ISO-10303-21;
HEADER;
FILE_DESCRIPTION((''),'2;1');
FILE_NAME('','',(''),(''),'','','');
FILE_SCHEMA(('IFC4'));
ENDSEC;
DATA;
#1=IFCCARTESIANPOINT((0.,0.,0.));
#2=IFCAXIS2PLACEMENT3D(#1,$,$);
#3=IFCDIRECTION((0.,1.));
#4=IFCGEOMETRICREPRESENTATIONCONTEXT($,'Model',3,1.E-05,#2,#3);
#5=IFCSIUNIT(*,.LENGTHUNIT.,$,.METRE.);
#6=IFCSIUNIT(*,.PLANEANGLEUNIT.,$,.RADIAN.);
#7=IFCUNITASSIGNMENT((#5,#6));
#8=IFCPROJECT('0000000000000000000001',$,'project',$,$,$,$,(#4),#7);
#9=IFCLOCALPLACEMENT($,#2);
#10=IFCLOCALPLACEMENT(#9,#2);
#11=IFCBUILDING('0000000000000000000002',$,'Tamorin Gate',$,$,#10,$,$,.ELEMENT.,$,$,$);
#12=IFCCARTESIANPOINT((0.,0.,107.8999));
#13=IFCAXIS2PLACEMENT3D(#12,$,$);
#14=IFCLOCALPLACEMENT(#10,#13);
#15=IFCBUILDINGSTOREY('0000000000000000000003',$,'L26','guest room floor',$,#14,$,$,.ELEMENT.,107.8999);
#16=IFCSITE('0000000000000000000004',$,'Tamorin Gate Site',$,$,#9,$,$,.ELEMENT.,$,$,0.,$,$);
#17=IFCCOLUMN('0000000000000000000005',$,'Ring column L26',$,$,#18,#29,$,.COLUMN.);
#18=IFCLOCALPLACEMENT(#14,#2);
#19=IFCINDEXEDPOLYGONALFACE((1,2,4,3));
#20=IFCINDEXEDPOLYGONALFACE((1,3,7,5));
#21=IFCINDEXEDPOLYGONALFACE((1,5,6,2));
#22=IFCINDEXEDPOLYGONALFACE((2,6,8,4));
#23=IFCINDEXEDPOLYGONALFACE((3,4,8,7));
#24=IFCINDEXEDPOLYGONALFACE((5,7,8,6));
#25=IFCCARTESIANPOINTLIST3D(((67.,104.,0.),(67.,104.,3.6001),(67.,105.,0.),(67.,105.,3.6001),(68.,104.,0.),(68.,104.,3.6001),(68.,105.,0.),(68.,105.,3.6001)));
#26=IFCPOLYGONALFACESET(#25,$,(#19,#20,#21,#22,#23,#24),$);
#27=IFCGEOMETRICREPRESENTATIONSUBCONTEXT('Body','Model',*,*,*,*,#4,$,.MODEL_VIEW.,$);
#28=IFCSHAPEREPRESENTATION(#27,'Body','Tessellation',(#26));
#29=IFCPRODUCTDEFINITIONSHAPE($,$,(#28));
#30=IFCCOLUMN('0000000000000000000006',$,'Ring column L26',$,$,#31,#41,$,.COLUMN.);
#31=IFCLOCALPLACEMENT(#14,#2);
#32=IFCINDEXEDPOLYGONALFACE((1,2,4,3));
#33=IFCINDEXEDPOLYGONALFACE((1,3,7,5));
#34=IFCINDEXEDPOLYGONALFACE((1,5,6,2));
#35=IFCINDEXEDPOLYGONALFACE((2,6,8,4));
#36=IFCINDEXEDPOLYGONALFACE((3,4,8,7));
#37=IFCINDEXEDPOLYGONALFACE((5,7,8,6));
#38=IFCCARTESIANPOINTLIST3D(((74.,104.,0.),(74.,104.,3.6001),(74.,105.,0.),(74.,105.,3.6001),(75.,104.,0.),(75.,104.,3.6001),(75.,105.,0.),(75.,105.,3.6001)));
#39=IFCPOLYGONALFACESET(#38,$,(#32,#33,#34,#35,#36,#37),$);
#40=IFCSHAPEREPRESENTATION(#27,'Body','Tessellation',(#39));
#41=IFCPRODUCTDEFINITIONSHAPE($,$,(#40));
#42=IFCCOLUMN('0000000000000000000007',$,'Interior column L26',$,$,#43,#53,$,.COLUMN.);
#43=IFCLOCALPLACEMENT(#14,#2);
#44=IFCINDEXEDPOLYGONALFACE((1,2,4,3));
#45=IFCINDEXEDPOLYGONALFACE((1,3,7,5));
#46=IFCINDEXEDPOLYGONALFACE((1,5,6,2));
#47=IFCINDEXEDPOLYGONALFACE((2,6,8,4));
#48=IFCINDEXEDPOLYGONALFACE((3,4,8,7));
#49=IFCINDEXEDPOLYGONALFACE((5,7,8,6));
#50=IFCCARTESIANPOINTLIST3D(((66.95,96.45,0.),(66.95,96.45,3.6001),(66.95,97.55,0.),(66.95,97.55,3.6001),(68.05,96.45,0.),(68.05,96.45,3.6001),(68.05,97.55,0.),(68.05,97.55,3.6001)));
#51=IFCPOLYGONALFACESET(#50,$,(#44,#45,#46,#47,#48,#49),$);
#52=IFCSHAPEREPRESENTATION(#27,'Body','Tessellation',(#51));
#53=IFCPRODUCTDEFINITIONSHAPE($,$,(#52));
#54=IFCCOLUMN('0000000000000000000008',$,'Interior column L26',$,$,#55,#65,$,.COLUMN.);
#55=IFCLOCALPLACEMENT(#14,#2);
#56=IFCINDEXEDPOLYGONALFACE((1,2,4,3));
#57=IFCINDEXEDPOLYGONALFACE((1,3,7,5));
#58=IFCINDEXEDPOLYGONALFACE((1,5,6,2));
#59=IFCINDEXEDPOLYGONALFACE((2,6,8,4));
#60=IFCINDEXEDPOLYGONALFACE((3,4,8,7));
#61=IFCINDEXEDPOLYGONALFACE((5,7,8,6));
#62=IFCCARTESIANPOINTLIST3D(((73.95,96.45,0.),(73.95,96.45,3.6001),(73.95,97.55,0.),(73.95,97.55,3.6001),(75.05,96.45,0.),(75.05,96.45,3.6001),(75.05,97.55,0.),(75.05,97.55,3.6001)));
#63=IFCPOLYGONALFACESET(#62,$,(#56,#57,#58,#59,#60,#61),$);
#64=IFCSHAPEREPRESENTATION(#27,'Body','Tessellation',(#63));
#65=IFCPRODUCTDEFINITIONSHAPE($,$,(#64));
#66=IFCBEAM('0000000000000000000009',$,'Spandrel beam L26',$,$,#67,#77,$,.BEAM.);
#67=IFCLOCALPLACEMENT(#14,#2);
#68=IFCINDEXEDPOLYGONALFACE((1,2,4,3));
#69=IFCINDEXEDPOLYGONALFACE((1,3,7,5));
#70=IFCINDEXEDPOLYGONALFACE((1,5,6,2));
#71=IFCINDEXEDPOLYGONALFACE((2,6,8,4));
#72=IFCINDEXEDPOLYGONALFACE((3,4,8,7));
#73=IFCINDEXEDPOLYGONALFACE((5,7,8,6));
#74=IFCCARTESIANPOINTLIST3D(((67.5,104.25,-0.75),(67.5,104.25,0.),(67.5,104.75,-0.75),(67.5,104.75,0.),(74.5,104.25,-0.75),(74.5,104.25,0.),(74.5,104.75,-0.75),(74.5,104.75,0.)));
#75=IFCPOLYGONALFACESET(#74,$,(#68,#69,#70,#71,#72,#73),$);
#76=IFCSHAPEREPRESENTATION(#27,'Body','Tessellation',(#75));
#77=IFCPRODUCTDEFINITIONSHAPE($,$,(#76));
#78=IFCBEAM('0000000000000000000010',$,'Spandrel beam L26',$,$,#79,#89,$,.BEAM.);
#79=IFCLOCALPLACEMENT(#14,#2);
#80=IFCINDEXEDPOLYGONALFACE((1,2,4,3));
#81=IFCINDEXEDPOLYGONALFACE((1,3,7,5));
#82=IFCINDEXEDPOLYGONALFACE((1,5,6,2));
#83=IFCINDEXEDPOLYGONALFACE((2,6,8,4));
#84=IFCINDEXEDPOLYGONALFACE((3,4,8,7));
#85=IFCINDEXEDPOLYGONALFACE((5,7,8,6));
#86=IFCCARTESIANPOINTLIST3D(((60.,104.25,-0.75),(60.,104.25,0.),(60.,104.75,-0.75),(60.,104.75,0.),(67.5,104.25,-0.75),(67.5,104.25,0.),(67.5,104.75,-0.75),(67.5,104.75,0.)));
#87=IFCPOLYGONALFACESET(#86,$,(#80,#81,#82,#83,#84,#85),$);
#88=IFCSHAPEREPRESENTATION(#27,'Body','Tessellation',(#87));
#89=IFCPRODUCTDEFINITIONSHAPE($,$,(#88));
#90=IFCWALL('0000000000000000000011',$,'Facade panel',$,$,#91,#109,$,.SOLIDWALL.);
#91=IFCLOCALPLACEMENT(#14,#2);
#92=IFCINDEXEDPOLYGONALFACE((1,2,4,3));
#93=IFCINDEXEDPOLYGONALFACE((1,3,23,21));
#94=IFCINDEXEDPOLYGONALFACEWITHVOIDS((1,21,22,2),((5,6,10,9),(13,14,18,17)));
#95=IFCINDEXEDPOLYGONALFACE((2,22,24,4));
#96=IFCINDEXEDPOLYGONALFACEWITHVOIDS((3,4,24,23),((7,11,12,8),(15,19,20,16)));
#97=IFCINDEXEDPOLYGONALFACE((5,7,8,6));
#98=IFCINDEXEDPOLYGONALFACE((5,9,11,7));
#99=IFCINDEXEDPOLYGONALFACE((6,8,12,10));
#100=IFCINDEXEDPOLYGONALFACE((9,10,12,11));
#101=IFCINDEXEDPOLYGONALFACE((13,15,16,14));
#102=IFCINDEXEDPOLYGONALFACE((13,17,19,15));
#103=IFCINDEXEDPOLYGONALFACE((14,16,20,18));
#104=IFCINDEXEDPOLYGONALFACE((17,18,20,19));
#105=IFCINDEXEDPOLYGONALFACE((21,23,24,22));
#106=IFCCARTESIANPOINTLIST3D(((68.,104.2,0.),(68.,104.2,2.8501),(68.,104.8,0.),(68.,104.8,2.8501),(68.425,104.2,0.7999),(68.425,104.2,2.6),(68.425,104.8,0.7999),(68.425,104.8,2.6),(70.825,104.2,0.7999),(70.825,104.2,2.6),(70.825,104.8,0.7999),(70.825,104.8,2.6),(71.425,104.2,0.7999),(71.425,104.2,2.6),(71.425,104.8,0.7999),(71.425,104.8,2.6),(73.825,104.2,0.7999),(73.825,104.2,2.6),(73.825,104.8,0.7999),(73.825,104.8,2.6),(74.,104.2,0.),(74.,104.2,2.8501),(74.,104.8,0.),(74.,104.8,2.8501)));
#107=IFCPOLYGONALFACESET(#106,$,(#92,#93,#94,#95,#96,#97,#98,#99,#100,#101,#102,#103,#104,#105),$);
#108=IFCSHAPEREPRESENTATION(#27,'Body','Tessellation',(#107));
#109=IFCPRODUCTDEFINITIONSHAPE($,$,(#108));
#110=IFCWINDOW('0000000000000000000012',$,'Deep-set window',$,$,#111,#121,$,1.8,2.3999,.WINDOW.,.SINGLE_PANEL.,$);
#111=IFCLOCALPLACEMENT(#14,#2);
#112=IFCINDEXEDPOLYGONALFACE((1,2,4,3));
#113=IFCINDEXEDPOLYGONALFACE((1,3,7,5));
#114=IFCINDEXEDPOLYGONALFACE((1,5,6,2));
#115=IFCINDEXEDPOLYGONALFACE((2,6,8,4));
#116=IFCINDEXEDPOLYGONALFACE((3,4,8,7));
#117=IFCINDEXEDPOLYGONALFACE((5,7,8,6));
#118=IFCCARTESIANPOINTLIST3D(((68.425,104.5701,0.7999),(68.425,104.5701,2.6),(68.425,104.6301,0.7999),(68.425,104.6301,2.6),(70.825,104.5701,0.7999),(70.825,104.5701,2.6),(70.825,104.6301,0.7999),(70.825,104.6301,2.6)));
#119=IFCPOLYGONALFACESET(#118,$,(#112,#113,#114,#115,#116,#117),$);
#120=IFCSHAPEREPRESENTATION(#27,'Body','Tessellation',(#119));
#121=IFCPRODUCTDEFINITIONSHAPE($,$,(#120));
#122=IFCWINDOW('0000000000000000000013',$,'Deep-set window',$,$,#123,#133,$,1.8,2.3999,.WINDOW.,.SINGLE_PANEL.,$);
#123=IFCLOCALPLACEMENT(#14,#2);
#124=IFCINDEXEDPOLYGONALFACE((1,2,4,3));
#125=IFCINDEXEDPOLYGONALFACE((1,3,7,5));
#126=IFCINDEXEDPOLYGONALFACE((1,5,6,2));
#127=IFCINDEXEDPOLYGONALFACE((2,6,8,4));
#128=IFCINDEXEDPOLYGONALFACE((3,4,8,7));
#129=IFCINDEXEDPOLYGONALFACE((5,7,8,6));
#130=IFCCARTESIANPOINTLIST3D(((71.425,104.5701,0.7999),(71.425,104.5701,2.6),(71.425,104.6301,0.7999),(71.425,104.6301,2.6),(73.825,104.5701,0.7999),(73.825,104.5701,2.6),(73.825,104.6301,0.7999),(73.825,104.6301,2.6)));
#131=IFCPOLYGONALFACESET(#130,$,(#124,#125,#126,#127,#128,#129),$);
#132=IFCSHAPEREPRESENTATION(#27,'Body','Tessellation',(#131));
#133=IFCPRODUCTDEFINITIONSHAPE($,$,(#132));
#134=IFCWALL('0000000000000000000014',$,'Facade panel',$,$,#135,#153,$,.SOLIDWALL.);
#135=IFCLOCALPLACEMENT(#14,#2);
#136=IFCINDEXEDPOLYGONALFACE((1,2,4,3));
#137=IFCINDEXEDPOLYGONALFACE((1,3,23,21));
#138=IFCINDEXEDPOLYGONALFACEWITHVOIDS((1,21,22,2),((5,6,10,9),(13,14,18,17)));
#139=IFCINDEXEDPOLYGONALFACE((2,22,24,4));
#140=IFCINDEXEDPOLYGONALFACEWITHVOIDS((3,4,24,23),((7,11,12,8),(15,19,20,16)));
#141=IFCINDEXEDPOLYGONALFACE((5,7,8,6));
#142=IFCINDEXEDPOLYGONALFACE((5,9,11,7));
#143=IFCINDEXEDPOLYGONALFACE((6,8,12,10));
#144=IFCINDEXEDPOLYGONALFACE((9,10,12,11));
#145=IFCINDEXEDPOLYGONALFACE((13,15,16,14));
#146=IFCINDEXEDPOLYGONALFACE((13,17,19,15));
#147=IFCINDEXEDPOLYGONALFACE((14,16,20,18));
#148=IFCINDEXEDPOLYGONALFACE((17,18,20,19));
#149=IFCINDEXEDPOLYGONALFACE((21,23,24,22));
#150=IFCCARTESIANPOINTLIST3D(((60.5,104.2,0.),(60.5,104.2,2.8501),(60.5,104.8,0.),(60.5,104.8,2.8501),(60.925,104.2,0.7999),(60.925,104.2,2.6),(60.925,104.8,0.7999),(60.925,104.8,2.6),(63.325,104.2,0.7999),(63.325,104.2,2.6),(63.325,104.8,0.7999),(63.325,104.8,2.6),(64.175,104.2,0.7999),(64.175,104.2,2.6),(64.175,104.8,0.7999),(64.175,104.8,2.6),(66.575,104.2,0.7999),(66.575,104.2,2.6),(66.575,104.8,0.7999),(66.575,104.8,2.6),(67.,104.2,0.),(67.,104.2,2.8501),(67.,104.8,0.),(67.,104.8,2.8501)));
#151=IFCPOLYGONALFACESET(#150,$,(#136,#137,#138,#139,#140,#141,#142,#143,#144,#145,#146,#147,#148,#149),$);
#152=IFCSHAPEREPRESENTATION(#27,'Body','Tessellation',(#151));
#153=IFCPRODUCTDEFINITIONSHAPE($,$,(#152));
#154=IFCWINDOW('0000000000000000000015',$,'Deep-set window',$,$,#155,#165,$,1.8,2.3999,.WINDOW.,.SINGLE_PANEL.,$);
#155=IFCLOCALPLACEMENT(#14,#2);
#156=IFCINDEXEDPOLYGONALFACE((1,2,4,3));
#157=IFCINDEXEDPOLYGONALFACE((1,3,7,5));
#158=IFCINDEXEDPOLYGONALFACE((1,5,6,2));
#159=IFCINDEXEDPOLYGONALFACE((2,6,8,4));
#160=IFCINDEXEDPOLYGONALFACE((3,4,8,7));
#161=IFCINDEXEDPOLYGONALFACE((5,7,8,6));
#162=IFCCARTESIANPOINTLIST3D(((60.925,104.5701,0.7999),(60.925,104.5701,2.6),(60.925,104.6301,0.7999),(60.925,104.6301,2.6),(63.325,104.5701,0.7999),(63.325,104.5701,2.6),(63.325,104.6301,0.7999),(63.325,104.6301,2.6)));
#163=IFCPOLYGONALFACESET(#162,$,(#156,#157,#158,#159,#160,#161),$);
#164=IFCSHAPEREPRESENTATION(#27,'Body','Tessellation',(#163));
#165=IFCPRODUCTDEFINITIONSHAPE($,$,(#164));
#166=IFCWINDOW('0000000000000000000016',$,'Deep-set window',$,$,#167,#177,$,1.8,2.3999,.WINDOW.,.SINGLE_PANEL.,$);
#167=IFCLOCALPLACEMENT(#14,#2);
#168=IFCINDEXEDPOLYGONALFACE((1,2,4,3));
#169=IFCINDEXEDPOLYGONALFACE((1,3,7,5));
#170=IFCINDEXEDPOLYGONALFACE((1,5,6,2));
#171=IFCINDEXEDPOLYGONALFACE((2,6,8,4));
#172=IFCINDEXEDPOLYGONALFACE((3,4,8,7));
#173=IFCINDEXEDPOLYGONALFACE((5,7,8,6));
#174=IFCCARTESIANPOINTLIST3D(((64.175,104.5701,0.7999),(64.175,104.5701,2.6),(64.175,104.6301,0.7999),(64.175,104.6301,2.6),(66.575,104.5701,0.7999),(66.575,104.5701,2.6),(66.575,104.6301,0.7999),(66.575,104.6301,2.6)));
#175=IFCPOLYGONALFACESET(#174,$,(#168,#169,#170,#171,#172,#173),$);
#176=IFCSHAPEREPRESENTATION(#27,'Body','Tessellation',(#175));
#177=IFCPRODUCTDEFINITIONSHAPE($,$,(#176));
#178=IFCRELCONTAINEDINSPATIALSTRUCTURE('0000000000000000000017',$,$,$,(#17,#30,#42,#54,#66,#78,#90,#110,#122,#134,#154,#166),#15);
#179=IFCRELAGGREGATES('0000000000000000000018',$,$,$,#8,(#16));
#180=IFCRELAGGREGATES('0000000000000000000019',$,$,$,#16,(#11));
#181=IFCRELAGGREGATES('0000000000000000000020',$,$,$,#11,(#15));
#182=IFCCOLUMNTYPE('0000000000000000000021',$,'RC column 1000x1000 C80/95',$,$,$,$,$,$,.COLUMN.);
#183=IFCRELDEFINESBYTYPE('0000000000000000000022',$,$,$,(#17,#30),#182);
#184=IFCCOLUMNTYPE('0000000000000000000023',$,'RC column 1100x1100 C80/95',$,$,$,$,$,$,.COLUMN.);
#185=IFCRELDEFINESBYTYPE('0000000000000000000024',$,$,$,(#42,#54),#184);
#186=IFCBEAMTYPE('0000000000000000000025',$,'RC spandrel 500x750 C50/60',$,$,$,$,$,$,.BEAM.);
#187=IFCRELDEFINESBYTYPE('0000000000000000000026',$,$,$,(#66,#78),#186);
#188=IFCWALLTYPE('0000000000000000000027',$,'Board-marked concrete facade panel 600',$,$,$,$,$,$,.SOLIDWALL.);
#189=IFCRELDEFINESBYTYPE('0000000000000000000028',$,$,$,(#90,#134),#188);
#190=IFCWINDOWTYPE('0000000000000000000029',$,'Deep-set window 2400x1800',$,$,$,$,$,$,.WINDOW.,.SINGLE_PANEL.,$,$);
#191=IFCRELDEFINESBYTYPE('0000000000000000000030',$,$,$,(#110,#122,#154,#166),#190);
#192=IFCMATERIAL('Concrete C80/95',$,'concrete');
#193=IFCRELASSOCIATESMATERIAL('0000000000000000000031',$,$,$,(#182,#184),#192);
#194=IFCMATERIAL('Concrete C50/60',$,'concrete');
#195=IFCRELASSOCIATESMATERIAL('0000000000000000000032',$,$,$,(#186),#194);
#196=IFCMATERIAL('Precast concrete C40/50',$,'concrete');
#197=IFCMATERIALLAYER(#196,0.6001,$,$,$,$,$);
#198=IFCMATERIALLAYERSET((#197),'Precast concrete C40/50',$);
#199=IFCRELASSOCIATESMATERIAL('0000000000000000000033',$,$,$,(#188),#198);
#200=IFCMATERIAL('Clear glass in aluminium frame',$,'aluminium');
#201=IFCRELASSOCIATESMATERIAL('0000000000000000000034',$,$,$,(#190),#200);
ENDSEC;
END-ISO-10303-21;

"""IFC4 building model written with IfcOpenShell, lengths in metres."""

from ifc_helpers import new_model, si_unit, direction, frame, frame_2d, origin, origin_2d, place, context, subcontext, project, spatial, rectangle, extrude, material, layer, layer_set, material_profile, profile_set, type_object, element, fill, save


model = new_model("IFC4")

# Units and contexts
model_context = context("Model", 3, precision=1e-05, world=origin(), true_north=direction((0.0, 1.0)))
body_context = subcontext(model_context, "Body", "Model", "MODEL_VIEW")
ifc_project = project(units=[si_unit("LENGTHUNIT", "METRE"), si_unit("PLANEANGLEUNIT", "RADIAN")], contexts=[model_context])

# Site, building, storey
site_placement = place(None, origin())
site = spatial("IfcSite", under=ifc_project, at=site_placement, Name="Tamorin Gate Site", CompositionType="ELEMENT", RefElevation=0.0)
building_placement = place(site_placement, origin())
building = spatial("IfcBuilding", under=site, at=building_placement, Name="Tamorin Gate", CompositionType="ELEMENT")
storey_placement = place(building_placement, frame((0.0, 0.0, 107.8999)))
storey = spatial("IfcBuildingStorey", under=building, at=storey_placement, Name="L26", Description="guest room floor", CompositionType="ELEMENT", Elevation=107.8999)

# Columns
ifc_material_1 = material(Name="Concrete C80/95", Category="concrete")
ifc_material_profile_1 = material_profile(ifc_material_1, rectangle(XDim=1.0, YDim=1.0, at=origin_2d()), Name="RC 1000x1000")
ifc_profile_set_1 = profile_set([ifc_material_profile_1], Name="Concrete C80/95")
column_type_1 = type_object("IfcColumnType", Name="RC column 1000x1000 C80/95", PredefinedType="COLUMN", material=ifc_profile_set_1)
for number, where, z_axis, x_axis, name in (
    (1, (67.5, 104.5, 0.0), (0.0, 0.0, 1.0), (1.0, 0.0, 0.0), "Ring column L26"),
    (2, (74.5, 104.5, 0.0), (0.0, 0.0, 1.0), (1.0, 0.0, 0.0), "Ring column L26"),
):
    element("IfcColumn", number, at=place(storey_placement, frame(where, z_axis=z_axis, x_axis=x_axis)), inside=storey, type_object=column_type_1, Name=name, PredefinedType="COLUMN", context=body_context, shape_type="SweptSolid", body=[
        extrude(rectangle(XDim=1.0, YDim=1.0, at=origin_2d()), origin(), (0.0, 0.0, 1.0), 3.6001),
    ])
ifc_material_profile_2 = material_profile(ifc_material_1, rectangle(XDim=1.1001, YDim=1.1001, at=origin_2d()), Name="RC 1100x1100")
ifc_profile_set_2 = profile_set([ifc_material_profile_2], Name="Concrete C80/95")
column_type_2 = type_object("IfcColumnType", Name="RC column 1100x1100 C80/95", PredefinedType="COLUMN", material=ifc_profile_set_2)
for number, where, z_axis, x_axis, name in (
    (3, (67.5, 97.0, 0.0), (0.0, 0.0, 1.0), (1.0, 0.0, 0.0), "Interior column L26"),
    (4, (74.5, 97.0, 0.0), (0.0, 0.0, 1.0), (1.0, 0.0, 0.0), "Interior column L26"),
):
    element("IfcColumn", number, at=place(storey_placement, frame(where, z_axis=z_axis, x_axis=x_axis)), inside=storey, type_object=column_type_2, Name=name, PredefinedType="COLUMN", context=body_context, shape_type="SweptSolid", body=[
        extrude(rectangle(XDim=1.1001, YDim=1.1001, at=origin_2d()), origin(), (0.0, 0.0, 1.0), 3.6001),
    ])

# Beams
ifc_material_2 = material(Name="Concrete C50/60", Category="concrete")
ifc_material_profile_3 = material_profile(ifc_material_2, rectangle(XDim=0.5, YDim=0.75, at=origin_2d()), Name="RC 500x750")
ifc_profile_set_3 = profile_set([ifc_material_profile_3], Name="Concrete C50/60")
beam_type = type_object("IfcBeamType", Name="RC spandrel 500x750 C50/60", PredefinedType="BEAM", material=ifc_profile_set_3)
beam_1_placement = place(storey_placement, frame((74.5, 104.5, -0.375), z_axis=(-1.0, 0.0, 0.0), x_axis=(0.0, -1.0, 0.0)))
element("IfcBeam", 5, at=beam_1_placement, inside=storey, type_object=beam_type, Name="Spandrel beam L26", PredefinedType="BEAM", context=body_context, shape_type="SweptSolid", body=[
    extrude(rectangle(XDim=0.5, YDim=0.75, at=origin_2d()), origin(), (0.0, 0.0, 1.0), 7.0),
])
beam_2_placement = place(storey_placement, frame((67.5, 104.5, -0.375), z_axis=(-1.0, 0.0, 0.0), x_axis=(0.0, -1.0, 0.0)))
element("IfcBeam", 6, at=beam_2_placement, inside=storey, type_object=beam_type, Name="Spandrel beam L26", PredefinedType="BEAM", context=body_context, shape_type="SweptSolid", body=[
    extrude(rectangle(XDim=0.5, YDim=0.75, at=origin_2d()), origin(), (0.0, 0.0, 1.0), 7.5),
])

# Walls, openings, windows
ifc_material_3 = material(Name="Precast concrete C40/50", Category="concrete")
ifc_layer_1 = layer(ifc_material_3, 0.6001)
ifc_layer_set_1 = layer_set([ifc_layer_1], Name="Precast concrete C40/50")
wall_type_1 = type_object("IfcWallType", Name="Board-marked concrete facade panel 600", PredefinedType="SOLIDWALL", material=ifc_layer_set_1)
wall_1_placement = place(storey_placement, frame((74.0, 104.5, 0.0), z_axis=(0.0, 0.0, 1.0), x_axis=(-1.0, 0.0, 0.0)))
wall_1 = element("IfcWall", 7, at=wall_1_placement, inside=storey, type_object=wall_type_1, Name="Facade panel", PredefinedType="SOLIDWALL", context=body_context, shape_type="SweptSolid", body=[
    extrude(rectangle(XDim=6.0, YDim=0.6001, at=frame_2d((3.0, 0.0))), origin(), (0.0, 0.0, 1.0), 2.8501),
])
opening_1_placement = place(wall_1_placement, frame((3.175, 0.0, 0.8)))
opening_1 = element("IfcOpeningElement", 8, at=opening_1_placement, cuts=wall_1, PredefinedType="OPENING", context=body_context, shape_type="SweptSolid", body=[
    extrude(rectangle(XDim=2.3999, YDim=1.8, at=frame_2d((1.2, 0.8999))), frame((0.0, 0.3101, 0.0), z_axis=(0.0, -1.0, 0.0), x_axis=(1.0, 0.0, 0.0)), (0.0, 0.0, 1.0), 0.6201),
])
opening_2_placement = place(wall_1_placement, frame((0.175, 0.0, 0.8)))
opening_2 = element("IfcOpeningElement", 9, at=opening_2_placement, cuts=wall_1, PredefinedType="OPENING", context=body_context, shape_type="SweptSolid", body=[
    extrude(rectangle(XDim=2.3999, YDim=1.8, at=frame_2d((1.2, 0.8999))), frame((0.0, 0.3101, 0.0), z_axis=(0.0, -1.0, 0.0), x_axis=(1.0, 0.0, 0.0)), (0.0, 0.0, 1.0), 0.6201),
])
ifc_material_4 = material(Name="Clear glass in aluminium frame", Category="aluminium")
window_type = type_object("IfcWindowType", Name="Deep-set window 2400x1800", PartitioningType="SINGLE_PANEL", PredefinedType="WINDOW", material=ifc_material_4)
window_1_placement = place(opening_1_placement, origin())
window_1 = element("IfcWindow", 10, at=window_1_placement, inside=storey, type_object=window_type, Name="Deep-set window", OverallHeight=1.8, OverallWidth=2.3999, PartitioningType="SINGLE_PANEL", PredefinedType="WINDOW", context=body_context, shape_type="SweptSolid", body=[
    extrude(rectangle(XDim=2.3999, YDim=1.8, at=frame_2d((1.2, 0.8999))), frame((0.0, -0.0701, 0.0), z_axis=(0.0, -1.0, 0.0), x_axis=(1.0, 0.0, 0.0)), (0.0, 0.0, 1.0), 0.0601),
])
fill(opening_1, window_1)
window_2_placement = place(opening_2_placement, origin())
window_2 = element("IfcWindow", 11, at=window_2_placement, inside=storey, type_object=window_type, Name="Deep-set window", OverallHeight=1.8, OverallWidth=2.3999, PartitioningType="SINGLE_PANEL", PredefinedType="WINDOW", context=body_context, shape_type="SweptSolid", body=[
    extrude(rectangle(XDim=2.3999, YDim=1.8, at=frame_2d((1.2, 0.8999))), frame((0.0, -0.0701, 0.0), z_axis=(0.0, -1.0, 0.0), x_axis=(1.0, 0.0, 0.0)), (0.0, 0.0, 1.0), 0.0601),
])
fill(opening_2, window_2)
wall_2_placement = place(storey_placement, frame((67.0, 104.5, 0.0), z_axis=(0.0, 0.0, 1.0), x_axis=(-1.0, 0.0, 0.0)))
wall_2 = element("IfcWall", 12, at=wall_2_placement, inside=storey, type_object=wall_type_1, Name="Facade panel", PredefinedType="SOLIDWALL", context=body_context, shape_type="SweptSolid", body=[
    extrude(rectangle(XDim=6.5, YDim=0.6001, at=frame_2d((3.25, 0.0))), origin(), (0.0, 0.0, 1.0), 2.8501),
])
opening_3_placement = place(wall_2_placement, frame((3.675, 0.0, 0.8)))
opening_3 = element("IfcOpeningElement", 13, at=opening_3_placement, cuts=wall_2, PredefinedType="OPENING", context=body_context, shape_type="SweptSolid", body=[
    extrude(rectangle(XDim=2.3999, YDim=1.8, at=frame_2d((1.2, 0.8999))), frame((0.0, 0.3101, 0.0), z_axis=(0.0, -1.0, 0.0), x_axis=(1.0, 0.0, 0.0)), (0.0, 0.0, 1.0), 0.6201),
])
opening_4_placement = place(wall_2_placement, frame((0.425, 0.0, 0.8)))
opening_4 = element("IfcOpeningElement", 14, at=opening_4_placement, cuts=wall_2, PredefinedType="OPENING", context=body_context, shape_type="SweptSolid", body=[
    extrude(rectangle(XDim=2.3999, YDim=1.8, at=frame_2d((1.2, 0.8999))), frame((0.0, 0.3101, 0.0), z_axis=(0.0, -1.0, 0.0), x_axis=(1.0, 0.0, 0.0)), (0.0, 0.0, 1.0), 0.6201),
])
window_3_placement = place(opening_3_placement, origin())
window_3 = element("IfcWindow", 15, at=window_3_placement, inside=storey, type_object=window_type, Name="Deep-set window", OverallHeight=1.8, OverallWidth=2.3999, PartitioningType="SINGLE_PANEL", PredefinedType="WINDOW", context=body_context, shape_type="SweptSolid", body=[
    extrude(rectangle(XDim=2.3999, YDim=1.8, at=frame_2d((1.2, 0.8999))), frame((0.0, -0.0701, 0.0), z_axis=(0.0, -1.0, 0.0), x_axis=(1.0, 0.0, 0.0)), (0.0, 0.0, 1.0), 0.0601),
])
fill(opening_3, window_3)
window_4_placement = place(opening_4_placement, origin())
window_4 = element("IfcWindow", 16, at=window_4_placement, inside=storey, type_object=window_type, Name="Deep-set window", OverallHeight=1.8, OverallWidth=2.3999, PartitioningType="SINGLE_PANEL", PredefinedType="WINDOW", context=body_context, shape_type="SweptSolid", body=[
    extrude(rectangle(XDim=2.3999, YDim=1.8, at=frame_2d((1.2, 0.8999))), frame((0.0, -0.0701, 0.0), z_axis=(0.0, -1.0, 0.0), x_axis=(1.0, 0.0, 0.0)), (0.0, 0.0, 1.0), 0.0601),
])
fill(opening_4, window_4)

save(model, "model.ifc")
